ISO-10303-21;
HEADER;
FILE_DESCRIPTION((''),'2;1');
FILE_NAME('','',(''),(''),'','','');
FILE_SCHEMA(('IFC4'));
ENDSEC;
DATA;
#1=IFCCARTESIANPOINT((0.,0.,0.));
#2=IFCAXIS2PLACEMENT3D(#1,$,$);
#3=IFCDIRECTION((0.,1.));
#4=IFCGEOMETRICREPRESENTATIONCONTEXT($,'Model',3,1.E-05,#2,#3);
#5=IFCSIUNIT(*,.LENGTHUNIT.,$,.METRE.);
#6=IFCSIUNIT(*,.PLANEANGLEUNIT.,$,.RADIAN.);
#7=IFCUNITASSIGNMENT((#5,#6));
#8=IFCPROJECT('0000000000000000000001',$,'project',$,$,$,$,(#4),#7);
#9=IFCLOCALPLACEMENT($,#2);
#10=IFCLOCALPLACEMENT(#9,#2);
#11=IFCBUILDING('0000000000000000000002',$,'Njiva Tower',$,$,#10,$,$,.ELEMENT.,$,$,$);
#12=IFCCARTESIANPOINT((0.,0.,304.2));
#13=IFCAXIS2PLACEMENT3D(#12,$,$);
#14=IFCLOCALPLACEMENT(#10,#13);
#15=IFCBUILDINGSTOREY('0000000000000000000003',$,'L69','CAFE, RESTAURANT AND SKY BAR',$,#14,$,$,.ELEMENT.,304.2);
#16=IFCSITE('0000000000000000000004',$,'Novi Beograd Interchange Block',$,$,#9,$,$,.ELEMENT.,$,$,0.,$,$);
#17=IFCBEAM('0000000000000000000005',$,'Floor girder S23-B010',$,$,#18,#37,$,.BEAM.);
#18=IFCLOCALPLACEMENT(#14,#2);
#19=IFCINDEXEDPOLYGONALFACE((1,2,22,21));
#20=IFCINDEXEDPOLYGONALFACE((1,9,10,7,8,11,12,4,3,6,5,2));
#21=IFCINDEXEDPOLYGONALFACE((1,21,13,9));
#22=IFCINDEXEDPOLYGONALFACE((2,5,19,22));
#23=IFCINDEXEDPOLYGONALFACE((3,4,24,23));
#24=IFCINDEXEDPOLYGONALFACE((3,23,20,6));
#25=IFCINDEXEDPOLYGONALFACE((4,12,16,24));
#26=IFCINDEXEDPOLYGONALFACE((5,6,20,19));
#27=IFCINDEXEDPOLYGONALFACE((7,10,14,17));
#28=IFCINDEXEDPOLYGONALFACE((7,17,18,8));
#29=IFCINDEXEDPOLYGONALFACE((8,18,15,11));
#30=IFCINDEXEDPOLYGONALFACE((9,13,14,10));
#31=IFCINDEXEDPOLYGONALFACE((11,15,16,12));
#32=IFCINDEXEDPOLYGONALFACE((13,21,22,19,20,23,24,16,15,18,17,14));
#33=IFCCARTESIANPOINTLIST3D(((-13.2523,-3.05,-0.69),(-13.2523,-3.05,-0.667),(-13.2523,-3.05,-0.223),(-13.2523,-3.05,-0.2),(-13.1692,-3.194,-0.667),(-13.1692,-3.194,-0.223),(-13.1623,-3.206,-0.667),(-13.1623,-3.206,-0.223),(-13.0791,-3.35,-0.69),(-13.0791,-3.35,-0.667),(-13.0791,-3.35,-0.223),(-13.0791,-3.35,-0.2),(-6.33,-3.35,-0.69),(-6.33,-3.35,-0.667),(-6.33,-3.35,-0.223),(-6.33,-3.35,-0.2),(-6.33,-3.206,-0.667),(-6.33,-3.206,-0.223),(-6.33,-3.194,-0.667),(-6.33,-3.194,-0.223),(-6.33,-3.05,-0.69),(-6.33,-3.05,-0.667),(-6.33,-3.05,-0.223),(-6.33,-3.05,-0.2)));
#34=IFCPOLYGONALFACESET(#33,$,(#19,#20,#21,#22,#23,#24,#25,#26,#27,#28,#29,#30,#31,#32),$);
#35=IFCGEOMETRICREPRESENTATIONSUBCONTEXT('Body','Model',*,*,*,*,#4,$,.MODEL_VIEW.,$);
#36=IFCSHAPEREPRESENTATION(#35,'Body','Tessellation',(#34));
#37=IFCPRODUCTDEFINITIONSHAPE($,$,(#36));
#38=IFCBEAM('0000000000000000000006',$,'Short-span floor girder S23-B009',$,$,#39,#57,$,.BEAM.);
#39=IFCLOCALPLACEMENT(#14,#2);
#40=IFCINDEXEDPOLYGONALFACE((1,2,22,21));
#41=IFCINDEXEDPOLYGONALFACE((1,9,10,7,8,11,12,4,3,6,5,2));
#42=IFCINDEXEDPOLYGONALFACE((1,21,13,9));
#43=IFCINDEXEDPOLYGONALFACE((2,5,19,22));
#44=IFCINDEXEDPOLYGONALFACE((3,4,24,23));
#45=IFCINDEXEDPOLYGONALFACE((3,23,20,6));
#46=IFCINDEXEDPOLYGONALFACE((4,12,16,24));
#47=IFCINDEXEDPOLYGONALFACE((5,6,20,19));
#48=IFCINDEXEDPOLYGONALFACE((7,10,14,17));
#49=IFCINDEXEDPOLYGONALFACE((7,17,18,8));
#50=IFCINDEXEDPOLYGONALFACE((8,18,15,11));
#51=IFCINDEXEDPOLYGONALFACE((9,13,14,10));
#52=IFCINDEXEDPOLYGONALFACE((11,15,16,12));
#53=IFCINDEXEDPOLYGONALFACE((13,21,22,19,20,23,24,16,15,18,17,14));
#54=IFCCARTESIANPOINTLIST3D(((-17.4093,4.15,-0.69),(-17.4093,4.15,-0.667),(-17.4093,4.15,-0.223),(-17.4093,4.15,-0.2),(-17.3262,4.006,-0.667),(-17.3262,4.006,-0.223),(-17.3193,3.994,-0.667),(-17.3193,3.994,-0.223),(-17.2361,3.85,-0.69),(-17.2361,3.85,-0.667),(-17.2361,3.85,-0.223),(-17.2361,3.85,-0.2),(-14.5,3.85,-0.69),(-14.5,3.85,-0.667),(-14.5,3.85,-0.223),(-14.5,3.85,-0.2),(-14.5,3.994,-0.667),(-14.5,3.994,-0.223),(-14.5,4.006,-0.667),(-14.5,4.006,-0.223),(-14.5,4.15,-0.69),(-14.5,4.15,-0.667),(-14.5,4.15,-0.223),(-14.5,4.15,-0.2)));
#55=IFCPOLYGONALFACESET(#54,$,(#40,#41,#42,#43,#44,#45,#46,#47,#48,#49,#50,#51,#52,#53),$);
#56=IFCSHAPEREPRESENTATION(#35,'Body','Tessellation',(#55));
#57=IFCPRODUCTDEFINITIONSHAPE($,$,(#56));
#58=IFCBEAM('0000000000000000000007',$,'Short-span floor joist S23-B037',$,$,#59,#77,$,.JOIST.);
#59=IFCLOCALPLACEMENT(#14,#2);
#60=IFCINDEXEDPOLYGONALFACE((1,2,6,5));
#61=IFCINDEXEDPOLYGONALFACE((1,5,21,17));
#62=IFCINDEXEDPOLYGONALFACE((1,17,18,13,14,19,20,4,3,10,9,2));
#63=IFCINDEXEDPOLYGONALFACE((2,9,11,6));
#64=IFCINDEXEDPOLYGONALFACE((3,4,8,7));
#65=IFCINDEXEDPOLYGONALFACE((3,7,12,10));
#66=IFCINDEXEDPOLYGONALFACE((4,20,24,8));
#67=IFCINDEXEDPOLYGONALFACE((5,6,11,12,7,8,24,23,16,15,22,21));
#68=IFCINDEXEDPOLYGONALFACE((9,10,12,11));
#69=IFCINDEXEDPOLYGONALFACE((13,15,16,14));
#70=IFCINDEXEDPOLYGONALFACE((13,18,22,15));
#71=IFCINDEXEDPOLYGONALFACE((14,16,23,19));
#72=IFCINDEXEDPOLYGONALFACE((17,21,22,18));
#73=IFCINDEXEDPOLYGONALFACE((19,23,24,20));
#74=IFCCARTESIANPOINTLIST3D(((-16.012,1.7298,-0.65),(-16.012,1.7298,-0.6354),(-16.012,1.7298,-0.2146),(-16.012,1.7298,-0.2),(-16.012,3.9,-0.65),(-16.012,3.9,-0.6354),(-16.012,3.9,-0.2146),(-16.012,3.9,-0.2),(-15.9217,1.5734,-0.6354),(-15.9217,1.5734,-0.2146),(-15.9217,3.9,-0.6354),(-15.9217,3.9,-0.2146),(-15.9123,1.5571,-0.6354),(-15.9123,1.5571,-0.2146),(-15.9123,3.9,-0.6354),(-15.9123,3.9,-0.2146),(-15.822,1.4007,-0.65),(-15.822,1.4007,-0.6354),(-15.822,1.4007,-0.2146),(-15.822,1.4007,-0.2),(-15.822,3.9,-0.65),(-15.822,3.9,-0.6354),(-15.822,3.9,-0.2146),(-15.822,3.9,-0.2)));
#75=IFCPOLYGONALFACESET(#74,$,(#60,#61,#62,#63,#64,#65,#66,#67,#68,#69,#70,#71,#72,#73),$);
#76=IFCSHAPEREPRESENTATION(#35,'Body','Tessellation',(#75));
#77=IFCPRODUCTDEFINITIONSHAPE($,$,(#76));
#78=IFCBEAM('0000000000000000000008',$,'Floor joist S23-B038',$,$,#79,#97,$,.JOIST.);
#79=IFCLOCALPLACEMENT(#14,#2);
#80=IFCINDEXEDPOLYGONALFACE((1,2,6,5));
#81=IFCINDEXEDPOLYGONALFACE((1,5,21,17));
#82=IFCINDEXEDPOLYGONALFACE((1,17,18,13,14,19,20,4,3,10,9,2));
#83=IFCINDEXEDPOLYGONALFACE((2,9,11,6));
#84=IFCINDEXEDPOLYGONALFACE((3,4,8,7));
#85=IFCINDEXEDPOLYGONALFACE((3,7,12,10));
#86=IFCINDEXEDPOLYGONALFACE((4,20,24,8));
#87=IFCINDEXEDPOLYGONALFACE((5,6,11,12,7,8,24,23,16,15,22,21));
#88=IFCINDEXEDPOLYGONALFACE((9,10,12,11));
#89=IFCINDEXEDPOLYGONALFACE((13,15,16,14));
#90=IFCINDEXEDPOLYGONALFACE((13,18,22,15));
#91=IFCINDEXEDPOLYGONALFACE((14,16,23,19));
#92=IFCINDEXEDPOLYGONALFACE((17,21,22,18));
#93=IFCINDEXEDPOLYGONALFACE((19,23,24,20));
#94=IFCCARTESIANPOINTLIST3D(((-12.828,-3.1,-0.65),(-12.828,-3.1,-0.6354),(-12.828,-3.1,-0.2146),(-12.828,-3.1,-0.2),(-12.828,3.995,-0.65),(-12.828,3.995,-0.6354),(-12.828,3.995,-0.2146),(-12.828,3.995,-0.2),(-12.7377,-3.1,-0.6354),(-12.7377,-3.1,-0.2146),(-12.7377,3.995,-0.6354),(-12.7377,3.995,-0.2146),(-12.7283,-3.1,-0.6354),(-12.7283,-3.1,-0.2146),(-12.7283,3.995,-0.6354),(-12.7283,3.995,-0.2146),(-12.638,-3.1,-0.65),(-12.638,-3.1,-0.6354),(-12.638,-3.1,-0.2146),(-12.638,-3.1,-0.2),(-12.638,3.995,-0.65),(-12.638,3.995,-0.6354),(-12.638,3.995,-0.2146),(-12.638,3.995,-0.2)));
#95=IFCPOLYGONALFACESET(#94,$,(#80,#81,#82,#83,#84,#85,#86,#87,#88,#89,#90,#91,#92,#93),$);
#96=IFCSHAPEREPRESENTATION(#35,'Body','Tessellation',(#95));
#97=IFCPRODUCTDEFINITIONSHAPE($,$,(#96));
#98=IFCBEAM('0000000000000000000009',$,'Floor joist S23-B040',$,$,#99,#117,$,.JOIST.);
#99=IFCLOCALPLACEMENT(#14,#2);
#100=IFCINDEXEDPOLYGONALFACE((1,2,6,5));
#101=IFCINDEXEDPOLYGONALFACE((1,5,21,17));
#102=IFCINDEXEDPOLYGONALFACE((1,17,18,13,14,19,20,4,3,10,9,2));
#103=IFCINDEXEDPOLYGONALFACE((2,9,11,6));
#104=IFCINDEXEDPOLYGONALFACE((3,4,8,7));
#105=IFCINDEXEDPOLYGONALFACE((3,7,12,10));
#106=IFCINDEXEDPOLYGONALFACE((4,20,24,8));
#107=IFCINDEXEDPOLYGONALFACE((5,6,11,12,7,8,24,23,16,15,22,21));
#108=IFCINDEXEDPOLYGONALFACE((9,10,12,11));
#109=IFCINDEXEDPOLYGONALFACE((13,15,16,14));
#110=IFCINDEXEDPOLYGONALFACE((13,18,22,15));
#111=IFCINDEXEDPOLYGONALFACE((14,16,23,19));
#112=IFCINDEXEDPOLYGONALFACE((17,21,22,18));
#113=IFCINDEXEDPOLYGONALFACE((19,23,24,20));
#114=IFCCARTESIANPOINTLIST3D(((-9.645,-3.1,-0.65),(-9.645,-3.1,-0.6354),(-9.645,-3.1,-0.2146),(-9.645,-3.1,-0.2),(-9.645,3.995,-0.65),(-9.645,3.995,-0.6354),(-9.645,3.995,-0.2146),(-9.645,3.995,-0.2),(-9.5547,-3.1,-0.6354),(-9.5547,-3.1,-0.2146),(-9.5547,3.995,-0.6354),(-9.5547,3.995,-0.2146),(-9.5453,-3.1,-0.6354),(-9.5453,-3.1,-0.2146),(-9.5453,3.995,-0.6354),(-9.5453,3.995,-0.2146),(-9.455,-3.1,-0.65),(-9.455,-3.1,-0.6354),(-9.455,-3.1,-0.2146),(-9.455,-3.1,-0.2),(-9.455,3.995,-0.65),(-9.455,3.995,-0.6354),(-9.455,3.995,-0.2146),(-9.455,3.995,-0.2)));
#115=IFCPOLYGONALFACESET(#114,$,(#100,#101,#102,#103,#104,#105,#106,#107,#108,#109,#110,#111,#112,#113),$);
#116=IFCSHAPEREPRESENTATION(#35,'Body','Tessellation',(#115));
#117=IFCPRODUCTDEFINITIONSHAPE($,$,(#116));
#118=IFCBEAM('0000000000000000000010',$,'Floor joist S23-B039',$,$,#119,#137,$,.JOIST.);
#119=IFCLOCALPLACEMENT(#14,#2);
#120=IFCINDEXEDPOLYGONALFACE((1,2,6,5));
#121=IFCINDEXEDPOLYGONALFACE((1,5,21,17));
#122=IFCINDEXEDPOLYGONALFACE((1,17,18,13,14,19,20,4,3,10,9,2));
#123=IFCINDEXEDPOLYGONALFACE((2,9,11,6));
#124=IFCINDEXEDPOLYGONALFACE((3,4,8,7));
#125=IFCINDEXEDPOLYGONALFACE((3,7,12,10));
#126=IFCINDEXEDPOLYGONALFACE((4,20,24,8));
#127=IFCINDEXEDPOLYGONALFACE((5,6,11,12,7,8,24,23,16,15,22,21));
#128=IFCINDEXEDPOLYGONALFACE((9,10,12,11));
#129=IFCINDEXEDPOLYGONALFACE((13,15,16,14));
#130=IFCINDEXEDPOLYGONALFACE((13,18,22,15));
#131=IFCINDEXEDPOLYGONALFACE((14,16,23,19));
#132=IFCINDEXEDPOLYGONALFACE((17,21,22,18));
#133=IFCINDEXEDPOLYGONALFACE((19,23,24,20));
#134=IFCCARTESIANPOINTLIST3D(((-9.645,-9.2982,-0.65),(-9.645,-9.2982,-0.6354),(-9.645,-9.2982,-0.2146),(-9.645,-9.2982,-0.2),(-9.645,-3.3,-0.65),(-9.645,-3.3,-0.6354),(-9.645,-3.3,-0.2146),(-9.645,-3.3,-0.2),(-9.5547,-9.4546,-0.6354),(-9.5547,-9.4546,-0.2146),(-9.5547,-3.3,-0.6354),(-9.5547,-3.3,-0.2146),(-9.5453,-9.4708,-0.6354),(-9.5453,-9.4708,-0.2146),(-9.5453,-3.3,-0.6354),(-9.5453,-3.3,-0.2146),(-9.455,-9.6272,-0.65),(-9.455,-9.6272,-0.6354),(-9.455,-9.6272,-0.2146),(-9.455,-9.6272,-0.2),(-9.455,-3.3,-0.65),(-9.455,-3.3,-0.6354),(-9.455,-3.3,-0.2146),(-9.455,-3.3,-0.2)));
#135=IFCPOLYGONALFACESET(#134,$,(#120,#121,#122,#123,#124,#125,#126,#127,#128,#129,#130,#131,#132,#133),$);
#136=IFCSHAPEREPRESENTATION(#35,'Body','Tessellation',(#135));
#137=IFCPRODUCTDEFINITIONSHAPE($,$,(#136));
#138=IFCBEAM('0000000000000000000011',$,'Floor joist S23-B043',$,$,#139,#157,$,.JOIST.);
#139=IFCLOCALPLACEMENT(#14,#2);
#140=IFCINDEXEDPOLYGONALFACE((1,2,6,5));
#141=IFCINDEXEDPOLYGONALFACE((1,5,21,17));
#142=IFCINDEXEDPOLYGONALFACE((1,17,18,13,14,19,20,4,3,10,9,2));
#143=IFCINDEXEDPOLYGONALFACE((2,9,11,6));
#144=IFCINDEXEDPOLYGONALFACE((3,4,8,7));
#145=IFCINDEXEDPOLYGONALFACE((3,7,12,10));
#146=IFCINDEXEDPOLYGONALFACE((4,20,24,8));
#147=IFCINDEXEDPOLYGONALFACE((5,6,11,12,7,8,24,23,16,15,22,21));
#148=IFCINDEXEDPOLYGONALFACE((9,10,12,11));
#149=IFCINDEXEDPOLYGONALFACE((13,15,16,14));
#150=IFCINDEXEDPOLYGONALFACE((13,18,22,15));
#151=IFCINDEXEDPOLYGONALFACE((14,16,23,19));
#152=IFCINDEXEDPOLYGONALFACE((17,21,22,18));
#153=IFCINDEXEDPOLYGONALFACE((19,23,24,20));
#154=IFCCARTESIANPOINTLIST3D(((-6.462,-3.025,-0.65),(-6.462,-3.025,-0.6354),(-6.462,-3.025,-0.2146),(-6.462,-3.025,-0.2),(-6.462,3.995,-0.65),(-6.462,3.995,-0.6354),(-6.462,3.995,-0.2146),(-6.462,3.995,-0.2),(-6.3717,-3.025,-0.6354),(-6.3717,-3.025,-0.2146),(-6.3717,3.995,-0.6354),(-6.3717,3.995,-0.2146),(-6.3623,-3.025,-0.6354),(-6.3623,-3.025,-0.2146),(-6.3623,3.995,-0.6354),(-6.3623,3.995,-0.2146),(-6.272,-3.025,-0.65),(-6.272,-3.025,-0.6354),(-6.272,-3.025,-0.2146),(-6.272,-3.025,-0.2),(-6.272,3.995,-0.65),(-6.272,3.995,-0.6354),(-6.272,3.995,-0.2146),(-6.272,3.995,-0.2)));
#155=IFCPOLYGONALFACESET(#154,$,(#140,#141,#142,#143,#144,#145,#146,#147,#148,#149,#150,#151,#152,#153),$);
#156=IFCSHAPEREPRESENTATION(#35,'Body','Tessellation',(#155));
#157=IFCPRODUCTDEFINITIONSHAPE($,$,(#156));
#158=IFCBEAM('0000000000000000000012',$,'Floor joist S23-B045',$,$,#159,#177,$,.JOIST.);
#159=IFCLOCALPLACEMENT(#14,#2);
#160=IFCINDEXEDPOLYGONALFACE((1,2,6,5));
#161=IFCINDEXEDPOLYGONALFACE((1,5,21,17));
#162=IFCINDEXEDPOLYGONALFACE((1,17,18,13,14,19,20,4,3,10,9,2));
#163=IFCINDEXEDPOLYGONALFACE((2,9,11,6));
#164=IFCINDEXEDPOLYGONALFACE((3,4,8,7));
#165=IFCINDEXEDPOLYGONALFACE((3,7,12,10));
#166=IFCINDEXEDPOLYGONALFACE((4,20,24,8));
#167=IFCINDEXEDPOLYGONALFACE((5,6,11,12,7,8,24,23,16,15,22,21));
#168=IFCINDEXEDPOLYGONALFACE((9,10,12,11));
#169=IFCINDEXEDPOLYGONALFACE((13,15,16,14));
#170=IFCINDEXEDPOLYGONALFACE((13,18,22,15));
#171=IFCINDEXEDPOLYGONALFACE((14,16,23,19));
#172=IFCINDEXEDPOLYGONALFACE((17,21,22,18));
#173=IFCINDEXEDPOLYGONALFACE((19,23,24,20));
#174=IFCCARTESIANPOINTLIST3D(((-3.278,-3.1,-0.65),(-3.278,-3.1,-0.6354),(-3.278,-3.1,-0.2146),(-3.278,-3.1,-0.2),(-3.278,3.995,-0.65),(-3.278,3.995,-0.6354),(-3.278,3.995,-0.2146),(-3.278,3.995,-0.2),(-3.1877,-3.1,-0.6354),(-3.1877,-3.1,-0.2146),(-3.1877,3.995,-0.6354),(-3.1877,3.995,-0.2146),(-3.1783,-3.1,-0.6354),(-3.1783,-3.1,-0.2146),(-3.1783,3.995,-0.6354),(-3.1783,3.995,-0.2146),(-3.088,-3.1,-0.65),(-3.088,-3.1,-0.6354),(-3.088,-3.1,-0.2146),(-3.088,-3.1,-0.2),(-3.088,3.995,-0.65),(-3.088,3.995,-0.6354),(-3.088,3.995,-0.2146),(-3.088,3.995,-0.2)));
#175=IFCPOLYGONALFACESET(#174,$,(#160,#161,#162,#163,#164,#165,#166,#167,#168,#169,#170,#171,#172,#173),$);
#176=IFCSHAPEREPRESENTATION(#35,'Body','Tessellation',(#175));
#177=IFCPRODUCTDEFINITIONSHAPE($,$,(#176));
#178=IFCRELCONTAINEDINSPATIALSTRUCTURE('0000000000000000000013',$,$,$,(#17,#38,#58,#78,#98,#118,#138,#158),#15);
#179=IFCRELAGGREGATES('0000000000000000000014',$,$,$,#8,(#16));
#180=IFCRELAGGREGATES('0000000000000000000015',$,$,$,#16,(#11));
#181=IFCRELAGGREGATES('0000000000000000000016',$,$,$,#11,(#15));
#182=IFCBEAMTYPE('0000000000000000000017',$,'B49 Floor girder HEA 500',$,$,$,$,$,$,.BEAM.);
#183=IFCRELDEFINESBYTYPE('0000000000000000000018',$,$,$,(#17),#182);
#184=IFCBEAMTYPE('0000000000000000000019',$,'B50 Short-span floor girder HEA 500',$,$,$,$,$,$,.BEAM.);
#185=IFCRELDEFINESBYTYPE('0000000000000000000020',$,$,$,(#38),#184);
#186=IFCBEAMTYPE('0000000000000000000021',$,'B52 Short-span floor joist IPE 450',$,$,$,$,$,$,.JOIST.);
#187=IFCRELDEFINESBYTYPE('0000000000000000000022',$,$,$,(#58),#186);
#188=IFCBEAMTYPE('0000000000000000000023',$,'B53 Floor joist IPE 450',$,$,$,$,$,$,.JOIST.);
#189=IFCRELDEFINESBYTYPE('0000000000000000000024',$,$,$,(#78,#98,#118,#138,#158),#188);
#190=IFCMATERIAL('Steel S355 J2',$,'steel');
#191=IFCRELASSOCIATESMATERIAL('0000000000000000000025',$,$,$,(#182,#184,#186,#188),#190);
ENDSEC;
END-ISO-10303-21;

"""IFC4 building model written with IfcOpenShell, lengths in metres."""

from ifc_helpers import new_model, si_unit, direction, frame, origin, origin_2d, place, context, subcontext, project, spatial, i_section, extrude, clip, halfspace, material, material_profile, profile_set, type_object, element, save


model = new_model("IFC4")

# Units and contexts
model_context = context("Model", 3, precision=1e-05, world=origin(), true_north=direction((0.0, 1.0)))
body_context = subcontext(model_context, "Body", "Model", "MODEL_VIEW")
ifc_project = project(units=[si_unit("LENGTHUNIT", "METRE"), si_unit("PLANEANGLEUNIT", "RADIAN")], contexts=[model_context])

# Site, building, storey
site_placement = place(None, origin())
site = spatial("IfcSite", under=ifc_project, at=site_placement, Name="Novi Beograd Interchange Block", CompositionType="ELEMENT", RefElevation=0.0)
building_placement = place(site_placement, origin())
building = spatial("IfcBuilding", under=site, at=building_placement, Name="Njiva Tower", CompositionType="ELEMENT")
storey_placement = place(building_placement, frame((0.0, 0.0, 304.2)))
storey = spatial("IfcBuildingStorey", under=building, at=storey_placement, Name="L69", Description="CAFE, RESTAURANT AND SKY BAR", CompositionType="ELEMENT", Elevation=304.2)

# Shared definitions
ifc_material_1 = material(Name="Steel S355 J2", Category="steel")

# Beams
ifc_material_profile_1 = material_profile(ifc_material_1, i_section(OverallWidth=0.3, OverallDepth=0.49, WebThickness=0.012, FlangeThickness=0.023, at=origin_2d()), Name="HEA 500")
ifc_profile_set_1 = profile_set([ifc_material_profile_1], Name="Steel S355 J2")
beam_type_1 = type_object("IfcBeamType", Name="B49 Floor girder HEA 500", PredefinedType="BEAM", material=ifc_profile_set_1)
beam_1_placement = place(storey_placement, frame((-13.273, -3.2, -0.445), z_axis=(1.0, 0.0, 0.0), x_axis=(0.0, 1.0, 0.0)))
element("IfcBeam", 1, at=beam_1_placement, inside=storey, type_object=beam_type_1, Name="Floor girder S23-B010", PredefinedType="BEAM", context=body_context, shape_type="Clipping", body=[
    clip(extrude(i_section(OverallWidth=0.3, OverallDepth=0.49, WebThickness=0.012, FlangeThickness=0.023, at=origin_2d()), origin(), (0.0, 0.0, 1.0), 6.943), halfspace(frame((-0.025, 0.0, 0.1217), z_axis=(-0.499998, 0.0, -0.866027), x_axis=(0.0, -1.0, 0.0)), False)),
])
ifc_material_profile_2 = material_profile(ifc_material_1, i_section(OverallWidth=0.3, OverallDepth=0.49, WebThickness=0.012, FlangeThickness=0.023, at=origin_2d()), Name="HEA 500")
ifc_profile_set_2 = profile_set([ifc_material_profile_2], Name="Steel S355 J2")
beam_type_2 = type_object("IfcBeamType", Name="B50 Short-span floor girder HEA 500", PredefinedType="BEAM", material=ifc_profile_set_2)
beam_2_placement = place(storey_placement, frame((-17.43, 4.0, -0.445), z_axis=(1.0, 0.0, 0.0), x_axis=(0.0, 1.0, 0.0)))
element("IfcBeam", 2, at=beam_2_placement, inside=storey, type_object=beam_type_2, Name="Short-span floor girder S23-B009", PredefinedType="BEAM", context=body_context, shape_type="Clipping", body=[
    clip(extrude(i_section(OverallWidth=0.3, OverallDepth=0.49, WebThickness=0.012, FlangeThickness=0.023, at=origin_2d()), origin(), (0.0, 0.0, 1.0), 2.93), halfspace(frame((-0.025, 0.0, 0.1217), z_axis=(-0.499998, 0.0, -0.866027), x_axis=(0.0, -1.0, 0.0)), False)),
])
ifc_material_profile_3 = material_profile(ifc_material_1, i_section(OverallWidth=0.19, OverallDepth=0.45, WebThickness=0.0094, FlangeThickness=0.0146, at=origin_2d()), Name="IPE 450")
ifc_profile_set_3 = profile_set([ifc_material_profile_3], Name="Steel S355 J2")
beam_type_3 = type_object("IfcBeamType", Name="B52 Short-span floor joist IPE 450", PredefinedType="JOIST", material=ifc_profile_set_3)
beam_3_placement = place(storey_placement, frame((-15.917, 3.9, -0.425), z_axis=(0.0, -1.0, 0.0), x_axis=(1.0, 0.0, 0.0)))
element("IfcBeam", 3, at=beam_3_placement, inside=storey, type_object=beam_type_3, Name="Short-span floor joist S23-B037", PredefinedType="JOIST", context=body_context, shape_type="Clipping", body=[
    clip(extrude(i_section(OverallWidth=0.19, OverallDepth=0.45, WebThickness=0.0094, FlangeThickness=0.0146, at=origin_2d()), origin(), (0.0, 0.0, 1.0), 2.52), halfspace(frame((-0.043, 0.0, 2.2603), z_axis=(-0.866027, 0.0, 0.499998), x_axis=(0.0, 1.0, 0.0)), False)),
])
ifc_material_profile_4 = material_profile(ifc_material_1, i_section(OverallWidth=0.19, OverallDepth=0.45, WebThickness=0.0094, FlangeThickness=0.0146, at=origin_2d()), Name="IPE 450")
ifc_profile_set_4 = profile_set([ifc_material_profile_4], Name="Steel S355 J2")
beam_type_4 = type_object("IfcBeamType", Name="B53 Floor joist IPE 450", PredefinedType="JOIST", material=ifc_profile_set_4)
for number, where, z_axis, x_axis, name in (
    (4, (-12.733, 3.995, -0.425), (0.0, -1.0, 0.0), (1.0, 0.0, 0.0), "Floor joist S23-B038"),
    (5, (-9.55, 3.995, -0.425), (0.0, -1.0, 0.0), (1.0, 0.0, 0.0), "Floor joist S23-B040"),
):
    element("IfcBeam", number, at=place(storey_placement, frame(where, z_axis=z_axis, x_axis=x_axis)), inside=storey, type_object=beam_type_4, Name=name, PredefinedType="JOIST", context=body_context, shape_type="SweptSolid", body=[
        extrude(i_section(OverallWidth=0.19, OverallDepth=0.45, WebThickness=0.0094, FlangeThickness=0.0146, at=origin_2d()), origin(), (0.0, 0.0, 1.0), 7.095),
    ])
beam_4_placement = place(storey_placement, frame((-9.55, -3.3, -0.425), z_axis=(0.0, -1.0, 0.0), x_axis=(1.0, 0.0, 0.0)))
element("IfcBeam", 6, at=beam_4_placement, inside=storey, type_object=beam_type_4, Name="Floor joist S23-B039", PredefinedType="JOIST", context=body_context, shape_type="Clipping", body=[
    clip(extrude(i_section(OverallWidth=0.19, OverallDepth=0.45, WebThickness=0.0094, FlangeThickness=0.0146, at=origin_2d()), origin(), (0.0, 0.0, 1.0), 6.348), halfspace(frame((-0.0433, 0.0, 6.0877), z_axis=(-0.866027, 0.0, 0.499998), x_axis=(0.0, 1.0, 0.0)), False)),
])
beam_5_placement = place(storey_placement, frame((-6.367, 3.995, -0.425), z_axis=(0.0, -1.0, 0.0), x_axis=(1.0, 0.0, 0.0)))
element("IfcBeam", 7, at=beam_5_placement, inside=storey, type_object=beam_type_4, Name="Floor joist S23-B043", PredefinedType="JOIST", context=body_context, shape_type="SweptSolid", body=[
    extrude(i_section(OverallWidth=0.19, OverallDepth=0.45, WebThickness=0.0094, FlangeThickness=0.0146, at=origin_2d()), origin(), (0.0, 0.0, 1.0), 7.02),
])
beam_6_placement = place(storey_placement, frame((-3.183, 3.995, -0.425), z_axis=(0.0, -1.0, 0.0), x_axis=(1.0, 0.0, 0.0)))
element("IfcBeam", 8, at=beam_6_placement, inside=storey, type_object=beam_type_4, Name="Floor joist S23-B045", PredefinedType="JOIST", context=body_context, shape_type="SweptSolid", body=[
    extrude(i_section(OverallWidth=0.19, OverallDepth=0.45, WebThickness=0.0094, FlangeThickness=0.0146, at=origin_2d()), origin(), (0.0, 0.0, 1.0), 7.095),
])

save(model, "model.ifc")
